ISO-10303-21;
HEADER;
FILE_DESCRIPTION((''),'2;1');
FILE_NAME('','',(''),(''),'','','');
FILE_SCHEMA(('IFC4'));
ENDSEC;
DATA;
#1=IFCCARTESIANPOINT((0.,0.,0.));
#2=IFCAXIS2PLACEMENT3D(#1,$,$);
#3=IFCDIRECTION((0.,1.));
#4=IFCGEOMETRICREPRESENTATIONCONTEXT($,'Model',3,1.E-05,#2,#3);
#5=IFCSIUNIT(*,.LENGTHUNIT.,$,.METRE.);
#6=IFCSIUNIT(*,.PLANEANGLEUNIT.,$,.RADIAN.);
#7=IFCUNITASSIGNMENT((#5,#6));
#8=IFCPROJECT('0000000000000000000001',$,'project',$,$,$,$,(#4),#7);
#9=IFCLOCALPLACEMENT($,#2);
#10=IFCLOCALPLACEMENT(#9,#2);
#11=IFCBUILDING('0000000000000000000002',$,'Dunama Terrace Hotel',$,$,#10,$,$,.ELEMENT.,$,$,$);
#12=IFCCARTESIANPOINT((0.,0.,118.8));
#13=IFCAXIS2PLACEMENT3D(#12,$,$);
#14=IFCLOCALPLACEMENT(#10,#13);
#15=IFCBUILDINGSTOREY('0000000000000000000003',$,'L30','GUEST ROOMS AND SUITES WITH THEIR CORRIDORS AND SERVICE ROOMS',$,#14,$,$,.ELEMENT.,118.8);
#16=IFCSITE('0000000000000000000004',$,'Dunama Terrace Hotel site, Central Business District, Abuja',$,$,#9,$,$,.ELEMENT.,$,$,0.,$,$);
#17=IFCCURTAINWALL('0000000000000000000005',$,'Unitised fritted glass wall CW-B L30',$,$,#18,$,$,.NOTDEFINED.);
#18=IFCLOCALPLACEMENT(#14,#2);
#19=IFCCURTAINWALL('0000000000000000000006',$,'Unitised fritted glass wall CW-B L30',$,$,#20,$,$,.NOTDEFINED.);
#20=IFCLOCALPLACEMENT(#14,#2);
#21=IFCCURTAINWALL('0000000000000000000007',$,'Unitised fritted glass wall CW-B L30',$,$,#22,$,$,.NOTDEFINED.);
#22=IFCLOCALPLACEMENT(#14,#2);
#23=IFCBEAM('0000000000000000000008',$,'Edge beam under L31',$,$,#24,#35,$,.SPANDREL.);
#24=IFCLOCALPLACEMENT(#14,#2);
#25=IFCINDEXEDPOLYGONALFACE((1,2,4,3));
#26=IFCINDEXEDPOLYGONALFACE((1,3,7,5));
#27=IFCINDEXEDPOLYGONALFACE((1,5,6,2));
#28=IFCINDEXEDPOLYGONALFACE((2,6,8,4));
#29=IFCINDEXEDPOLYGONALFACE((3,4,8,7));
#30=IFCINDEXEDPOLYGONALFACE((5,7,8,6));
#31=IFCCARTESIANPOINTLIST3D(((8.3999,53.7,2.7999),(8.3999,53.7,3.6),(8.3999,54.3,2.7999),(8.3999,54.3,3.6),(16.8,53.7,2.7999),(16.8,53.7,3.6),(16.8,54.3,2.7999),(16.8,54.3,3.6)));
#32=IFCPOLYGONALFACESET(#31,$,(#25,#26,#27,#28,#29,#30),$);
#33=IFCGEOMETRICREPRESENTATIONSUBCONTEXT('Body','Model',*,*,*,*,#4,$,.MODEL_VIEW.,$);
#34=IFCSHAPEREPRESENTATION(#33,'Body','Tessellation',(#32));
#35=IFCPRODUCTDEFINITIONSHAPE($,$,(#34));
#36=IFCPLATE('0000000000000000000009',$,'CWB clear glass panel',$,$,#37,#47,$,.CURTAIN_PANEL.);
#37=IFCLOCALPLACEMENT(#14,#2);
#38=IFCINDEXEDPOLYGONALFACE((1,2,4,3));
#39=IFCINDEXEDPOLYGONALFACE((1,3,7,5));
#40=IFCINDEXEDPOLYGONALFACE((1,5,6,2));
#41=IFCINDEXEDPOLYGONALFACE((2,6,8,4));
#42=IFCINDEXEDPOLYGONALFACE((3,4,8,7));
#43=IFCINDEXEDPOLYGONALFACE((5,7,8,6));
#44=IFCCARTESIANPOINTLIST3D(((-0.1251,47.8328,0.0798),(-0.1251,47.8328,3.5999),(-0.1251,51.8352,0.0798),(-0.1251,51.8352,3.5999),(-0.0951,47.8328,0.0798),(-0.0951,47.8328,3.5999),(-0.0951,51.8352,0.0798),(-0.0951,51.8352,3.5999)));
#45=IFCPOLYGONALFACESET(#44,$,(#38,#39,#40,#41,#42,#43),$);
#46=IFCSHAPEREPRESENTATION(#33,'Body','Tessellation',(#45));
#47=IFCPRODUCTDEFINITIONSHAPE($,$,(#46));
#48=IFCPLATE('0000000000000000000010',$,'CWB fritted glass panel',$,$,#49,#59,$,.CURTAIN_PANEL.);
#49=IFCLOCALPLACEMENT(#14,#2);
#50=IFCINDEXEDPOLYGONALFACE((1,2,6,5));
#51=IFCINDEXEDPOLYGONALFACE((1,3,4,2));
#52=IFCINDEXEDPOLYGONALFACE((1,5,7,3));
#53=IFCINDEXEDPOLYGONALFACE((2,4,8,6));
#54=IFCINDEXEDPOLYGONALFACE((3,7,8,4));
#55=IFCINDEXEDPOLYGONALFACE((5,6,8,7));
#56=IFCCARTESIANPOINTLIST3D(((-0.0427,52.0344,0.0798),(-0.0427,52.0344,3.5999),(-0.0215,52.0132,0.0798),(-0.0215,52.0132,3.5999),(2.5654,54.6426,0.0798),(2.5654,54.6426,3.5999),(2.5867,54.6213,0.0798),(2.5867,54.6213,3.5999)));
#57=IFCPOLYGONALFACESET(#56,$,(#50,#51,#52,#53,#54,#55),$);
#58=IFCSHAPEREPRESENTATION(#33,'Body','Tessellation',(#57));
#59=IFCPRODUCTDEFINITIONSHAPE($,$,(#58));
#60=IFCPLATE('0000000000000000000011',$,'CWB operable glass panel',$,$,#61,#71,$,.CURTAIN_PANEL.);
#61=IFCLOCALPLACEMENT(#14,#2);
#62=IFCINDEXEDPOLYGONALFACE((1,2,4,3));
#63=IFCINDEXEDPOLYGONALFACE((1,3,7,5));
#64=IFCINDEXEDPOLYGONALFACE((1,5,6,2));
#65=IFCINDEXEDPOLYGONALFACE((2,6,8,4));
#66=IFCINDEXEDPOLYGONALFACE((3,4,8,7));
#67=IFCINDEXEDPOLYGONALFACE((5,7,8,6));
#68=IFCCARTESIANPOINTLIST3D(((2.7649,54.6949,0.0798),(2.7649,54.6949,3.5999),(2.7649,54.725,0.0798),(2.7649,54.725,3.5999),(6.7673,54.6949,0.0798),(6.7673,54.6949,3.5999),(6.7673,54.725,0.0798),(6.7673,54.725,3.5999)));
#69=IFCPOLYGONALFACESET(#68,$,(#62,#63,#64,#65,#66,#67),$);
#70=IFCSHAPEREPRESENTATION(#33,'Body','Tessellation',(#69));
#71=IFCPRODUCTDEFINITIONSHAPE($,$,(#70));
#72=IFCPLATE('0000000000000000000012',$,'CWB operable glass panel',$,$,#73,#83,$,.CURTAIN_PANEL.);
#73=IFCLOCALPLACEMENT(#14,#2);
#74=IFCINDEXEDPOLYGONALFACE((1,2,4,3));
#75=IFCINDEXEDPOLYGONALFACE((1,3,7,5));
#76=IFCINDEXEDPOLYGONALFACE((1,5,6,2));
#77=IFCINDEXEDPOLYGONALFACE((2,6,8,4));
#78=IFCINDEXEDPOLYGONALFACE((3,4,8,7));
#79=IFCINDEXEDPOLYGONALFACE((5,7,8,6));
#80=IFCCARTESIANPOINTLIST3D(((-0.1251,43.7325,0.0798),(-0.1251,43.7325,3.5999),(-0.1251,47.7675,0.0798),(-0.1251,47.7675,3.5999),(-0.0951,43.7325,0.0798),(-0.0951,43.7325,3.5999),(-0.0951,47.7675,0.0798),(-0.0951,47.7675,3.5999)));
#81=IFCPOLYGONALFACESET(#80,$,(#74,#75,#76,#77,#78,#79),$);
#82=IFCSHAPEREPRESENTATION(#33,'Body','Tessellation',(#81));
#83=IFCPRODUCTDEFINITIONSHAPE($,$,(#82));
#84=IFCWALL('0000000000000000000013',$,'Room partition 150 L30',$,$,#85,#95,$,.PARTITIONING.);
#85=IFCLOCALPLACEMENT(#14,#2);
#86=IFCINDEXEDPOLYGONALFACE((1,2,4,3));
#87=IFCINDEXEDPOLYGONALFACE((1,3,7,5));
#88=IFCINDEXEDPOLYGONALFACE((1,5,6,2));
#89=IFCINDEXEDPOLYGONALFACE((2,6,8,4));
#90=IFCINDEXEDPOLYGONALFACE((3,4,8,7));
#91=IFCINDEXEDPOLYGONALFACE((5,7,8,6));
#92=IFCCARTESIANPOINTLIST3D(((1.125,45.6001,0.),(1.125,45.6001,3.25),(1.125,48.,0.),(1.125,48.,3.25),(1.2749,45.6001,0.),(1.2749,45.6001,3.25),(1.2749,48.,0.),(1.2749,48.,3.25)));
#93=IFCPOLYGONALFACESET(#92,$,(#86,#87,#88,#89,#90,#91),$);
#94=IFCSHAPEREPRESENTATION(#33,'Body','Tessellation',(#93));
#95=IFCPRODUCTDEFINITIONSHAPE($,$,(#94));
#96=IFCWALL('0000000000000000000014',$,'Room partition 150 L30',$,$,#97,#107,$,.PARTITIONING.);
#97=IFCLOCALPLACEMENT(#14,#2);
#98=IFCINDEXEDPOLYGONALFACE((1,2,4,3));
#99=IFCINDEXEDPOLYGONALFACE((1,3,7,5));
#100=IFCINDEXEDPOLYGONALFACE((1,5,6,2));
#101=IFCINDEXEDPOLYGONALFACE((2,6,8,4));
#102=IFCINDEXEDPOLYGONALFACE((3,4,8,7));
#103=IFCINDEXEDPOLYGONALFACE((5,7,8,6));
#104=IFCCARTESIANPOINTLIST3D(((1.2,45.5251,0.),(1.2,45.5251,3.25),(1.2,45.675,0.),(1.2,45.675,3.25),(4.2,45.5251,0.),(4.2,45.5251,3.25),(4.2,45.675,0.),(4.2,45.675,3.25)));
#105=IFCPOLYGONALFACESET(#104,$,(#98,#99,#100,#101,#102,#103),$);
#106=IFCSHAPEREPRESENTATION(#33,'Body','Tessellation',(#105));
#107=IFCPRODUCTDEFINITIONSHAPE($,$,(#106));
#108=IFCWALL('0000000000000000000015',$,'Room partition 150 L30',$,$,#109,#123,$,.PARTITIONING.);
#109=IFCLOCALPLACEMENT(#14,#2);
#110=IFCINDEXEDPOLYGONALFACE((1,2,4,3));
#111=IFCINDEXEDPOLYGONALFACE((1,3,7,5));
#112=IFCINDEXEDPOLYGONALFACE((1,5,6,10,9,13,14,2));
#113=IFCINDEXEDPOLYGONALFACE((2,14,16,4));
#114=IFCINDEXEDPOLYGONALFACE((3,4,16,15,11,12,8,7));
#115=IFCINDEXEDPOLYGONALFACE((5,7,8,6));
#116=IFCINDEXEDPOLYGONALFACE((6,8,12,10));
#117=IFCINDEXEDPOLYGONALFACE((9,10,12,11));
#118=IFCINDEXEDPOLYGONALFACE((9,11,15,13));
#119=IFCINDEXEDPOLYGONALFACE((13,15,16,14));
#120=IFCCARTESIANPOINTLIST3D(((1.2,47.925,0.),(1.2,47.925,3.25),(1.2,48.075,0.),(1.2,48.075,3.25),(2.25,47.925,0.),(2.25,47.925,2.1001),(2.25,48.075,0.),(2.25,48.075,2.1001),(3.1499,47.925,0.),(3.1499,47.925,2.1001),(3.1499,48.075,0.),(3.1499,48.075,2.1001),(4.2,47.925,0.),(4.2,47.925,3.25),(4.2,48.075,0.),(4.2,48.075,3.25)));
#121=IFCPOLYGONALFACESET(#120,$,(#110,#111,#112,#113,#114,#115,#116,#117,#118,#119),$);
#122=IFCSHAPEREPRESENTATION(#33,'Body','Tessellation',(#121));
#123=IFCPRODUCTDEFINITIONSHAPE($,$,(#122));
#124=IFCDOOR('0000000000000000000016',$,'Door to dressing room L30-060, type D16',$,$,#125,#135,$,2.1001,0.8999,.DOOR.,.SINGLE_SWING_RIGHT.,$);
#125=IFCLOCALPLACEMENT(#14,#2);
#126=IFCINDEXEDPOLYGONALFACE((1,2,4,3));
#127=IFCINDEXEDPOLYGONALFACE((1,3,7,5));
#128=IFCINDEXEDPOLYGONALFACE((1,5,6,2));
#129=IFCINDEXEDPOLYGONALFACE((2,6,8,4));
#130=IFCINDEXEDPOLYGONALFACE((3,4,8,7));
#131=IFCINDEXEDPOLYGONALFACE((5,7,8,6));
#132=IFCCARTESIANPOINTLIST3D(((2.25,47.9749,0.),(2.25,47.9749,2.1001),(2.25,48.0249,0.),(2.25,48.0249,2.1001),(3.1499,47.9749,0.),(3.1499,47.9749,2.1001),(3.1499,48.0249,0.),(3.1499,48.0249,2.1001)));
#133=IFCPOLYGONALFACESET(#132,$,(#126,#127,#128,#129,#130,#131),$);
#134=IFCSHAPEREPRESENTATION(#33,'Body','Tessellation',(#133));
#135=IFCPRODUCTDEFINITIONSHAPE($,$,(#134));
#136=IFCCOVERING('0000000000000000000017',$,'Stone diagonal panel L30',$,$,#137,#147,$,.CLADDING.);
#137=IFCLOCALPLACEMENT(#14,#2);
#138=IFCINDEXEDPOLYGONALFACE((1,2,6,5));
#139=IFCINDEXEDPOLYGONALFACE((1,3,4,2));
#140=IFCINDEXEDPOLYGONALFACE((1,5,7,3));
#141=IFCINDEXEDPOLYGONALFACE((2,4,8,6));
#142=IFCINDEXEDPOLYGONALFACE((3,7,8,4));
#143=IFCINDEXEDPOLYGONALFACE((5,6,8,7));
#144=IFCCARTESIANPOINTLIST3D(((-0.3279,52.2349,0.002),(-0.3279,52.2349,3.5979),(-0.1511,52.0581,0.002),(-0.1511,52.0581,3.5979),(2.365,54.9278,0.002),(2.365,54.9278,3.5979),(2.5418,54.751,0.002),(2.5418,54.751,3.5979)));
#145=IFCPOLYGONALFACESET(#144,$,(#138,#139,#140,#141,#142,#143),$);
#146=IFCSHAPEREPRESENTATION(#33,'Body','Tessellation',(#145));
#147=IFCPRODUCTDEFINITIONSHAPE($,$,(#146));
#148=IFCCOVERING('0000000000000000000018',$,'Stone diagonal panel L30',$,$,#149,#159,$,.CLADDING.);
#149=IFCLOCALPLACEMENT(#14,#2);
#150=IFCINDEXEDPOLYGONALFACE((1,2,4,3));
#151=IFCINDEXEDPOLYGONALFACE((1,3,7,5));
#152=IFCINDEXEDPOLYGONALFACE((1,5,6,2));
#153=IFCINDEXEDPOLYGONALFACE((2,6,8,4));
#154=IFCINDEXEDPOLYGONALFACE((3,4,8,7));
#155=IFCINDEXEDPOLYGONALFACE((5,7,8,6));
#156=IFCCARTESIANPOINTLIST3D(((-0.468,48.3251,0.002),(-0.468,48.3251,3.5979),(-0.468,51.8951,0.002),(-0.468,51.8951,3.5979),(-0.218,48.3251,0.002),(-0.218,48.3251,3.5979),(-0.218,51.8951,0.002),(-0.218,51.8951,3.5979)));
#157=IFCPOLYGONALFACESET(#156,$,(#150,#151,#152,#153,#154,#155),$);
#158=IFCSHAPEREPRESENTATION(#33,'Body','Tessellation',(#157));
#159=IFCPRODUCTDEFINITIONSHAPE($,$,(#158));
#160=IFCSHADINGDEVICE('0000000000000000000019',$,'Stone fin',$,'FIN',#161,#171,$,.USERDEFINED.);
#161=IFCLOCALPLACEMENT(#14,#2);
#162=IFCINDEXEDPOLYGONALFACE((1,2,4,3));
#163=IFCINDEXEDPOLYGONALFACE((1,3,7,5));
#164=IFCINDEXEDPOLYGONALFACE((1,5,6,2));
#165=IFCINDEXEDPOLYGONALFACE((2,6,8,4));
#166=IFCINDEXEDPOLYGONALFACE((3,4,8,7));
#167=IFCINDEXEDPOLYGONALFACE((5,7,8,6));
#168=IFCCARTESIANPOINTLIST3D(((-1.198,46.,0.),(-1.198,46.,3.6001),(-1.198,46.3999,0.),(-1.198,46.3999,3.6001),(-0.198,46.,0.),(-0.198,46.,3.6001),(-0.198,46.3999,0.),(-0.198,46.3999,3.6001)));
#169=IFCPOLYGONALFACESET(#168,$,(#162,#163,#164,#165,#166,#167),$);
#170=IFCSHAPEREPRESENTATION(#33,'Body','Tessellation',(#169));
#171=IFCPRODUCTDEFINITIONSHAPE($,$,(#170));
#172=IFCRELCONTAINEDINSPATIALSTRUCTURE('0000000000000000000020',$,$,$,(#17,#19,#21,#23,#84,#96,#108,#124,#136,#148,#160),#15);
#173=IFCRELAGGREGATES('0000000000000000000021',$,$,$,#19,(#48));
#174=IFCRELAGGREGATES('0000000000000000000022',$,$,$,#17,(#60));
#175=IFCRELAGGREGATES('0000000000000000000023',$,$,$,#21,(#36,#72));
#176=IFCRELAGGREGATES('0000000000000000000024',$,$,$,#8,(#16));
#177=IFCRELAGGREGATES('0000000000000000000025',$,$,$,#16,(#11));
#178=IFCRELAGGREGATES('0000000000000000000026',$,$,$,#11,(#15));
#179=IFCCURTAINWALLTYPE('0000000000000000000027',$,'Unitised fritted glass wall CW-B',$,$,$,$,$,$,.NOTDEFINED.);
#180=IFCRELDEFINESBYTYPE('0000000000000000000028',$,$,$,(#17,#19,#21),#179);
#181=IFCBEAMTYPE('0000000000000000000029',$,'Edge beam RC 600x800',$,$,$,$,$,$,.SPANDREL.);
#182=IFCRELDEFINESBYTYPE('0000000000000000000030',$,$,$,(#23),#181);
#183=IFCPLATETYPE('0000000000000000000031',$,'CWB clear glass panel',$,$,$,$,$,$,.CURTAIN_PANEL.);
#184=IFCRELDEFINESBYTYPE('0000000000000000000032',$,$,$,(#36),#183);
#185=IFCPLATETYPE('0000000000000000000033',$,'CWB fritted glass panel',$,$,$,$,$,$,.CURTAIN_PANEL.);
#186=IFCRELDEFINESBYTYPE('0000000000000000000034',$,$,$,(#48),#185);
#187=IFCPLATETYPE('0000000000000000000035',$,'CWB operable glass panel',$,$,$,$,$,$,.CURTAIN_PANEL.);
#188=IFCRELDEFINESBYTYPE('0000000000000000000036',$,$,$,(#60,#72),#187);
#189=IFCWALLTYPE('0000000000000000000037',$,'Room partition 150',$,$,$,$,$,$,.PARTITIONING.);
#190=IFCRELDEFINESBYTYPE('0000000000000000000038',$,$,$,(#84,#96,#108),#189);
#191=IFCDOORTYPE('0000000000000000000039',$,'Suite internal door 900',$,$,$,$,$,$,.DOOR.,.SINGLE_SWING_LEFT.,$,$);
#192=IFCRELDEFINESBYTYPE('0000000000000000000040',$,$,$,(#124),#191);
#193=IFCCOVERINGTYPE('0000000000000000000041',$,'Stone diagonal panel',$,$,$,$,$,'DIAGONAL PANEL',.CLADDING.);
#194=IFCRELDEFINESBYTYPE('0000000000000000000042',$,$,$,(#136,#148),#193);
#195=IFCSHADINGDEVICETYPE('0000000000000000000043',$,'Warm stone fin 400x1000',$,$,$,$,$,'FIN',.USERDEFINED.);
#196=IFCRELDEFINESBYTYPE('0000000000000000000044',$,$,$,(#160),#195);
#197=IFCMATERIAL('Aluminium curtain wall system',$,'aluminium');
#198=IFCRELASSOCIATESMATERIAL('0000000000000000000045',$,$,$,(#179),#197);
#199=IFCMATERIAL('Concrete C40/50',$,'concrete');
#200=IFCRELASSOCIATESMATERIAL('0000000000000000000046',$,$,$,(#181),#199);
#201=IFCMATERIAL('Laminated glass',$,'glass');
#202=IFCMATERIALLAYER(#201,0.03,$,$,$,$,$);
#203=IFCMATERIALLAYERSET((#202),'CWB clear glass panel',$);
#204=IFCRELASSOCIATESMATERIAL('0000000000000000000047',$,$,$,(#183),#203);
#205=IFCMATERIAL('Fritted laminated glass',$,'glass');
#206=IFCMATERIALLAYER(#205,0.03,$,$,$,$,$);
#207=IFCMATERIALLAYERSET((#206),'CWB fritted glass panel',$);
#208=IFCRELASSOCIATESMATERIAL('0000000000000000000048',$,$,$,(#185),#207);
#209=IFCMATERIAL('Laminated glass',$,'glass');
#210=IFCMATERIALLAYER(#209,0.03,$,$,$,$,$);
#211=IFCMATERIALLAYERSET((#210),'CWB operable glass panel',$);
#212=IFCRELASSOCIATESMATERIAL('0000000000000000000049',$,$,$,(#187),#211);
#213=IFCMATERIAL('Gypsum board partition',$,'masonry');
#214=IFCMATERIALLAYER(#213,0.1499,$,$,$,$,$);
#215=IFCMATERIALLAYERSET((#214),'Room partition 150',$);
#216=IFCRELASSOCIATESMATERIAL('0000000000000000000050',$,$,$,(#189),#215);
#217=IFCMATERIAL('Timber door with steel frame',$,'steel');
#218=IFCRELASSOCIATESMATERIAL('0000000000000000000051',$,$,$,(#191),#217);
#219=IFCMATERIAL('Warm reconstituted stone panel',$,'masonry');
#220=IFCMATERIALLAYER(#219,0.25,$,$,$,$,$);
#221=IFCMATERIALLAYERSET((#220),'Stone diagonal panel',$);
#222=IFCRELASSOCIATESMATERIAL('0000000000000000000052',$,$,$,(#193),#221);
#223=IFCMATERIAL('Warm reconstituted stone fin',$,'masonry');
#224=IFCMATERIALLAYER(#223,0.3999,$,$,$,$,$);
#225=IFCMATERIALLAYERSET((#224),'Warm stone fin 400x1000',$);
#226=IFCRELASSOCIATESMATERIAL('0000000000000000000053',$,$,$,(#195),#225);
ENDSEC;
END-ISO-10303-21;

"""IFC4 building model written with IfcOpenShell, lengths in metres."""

from ifc_helpers import new_model, si_unit, direction, frame, frame_2d, origin, origin_2d, place, context, subcontext, project, spatial, rectangle, extrude, material, layer, layer_set, material_profile, profile_set, type_object, element, fill, aggregate, save


model = new_model("IFC4")

# Units and contexts
model_context = context("Model", 3, precision=1e-05, world=origin(), true_north=direction((0.0, 1.0)))
body_context = subcontext(model_context, "Body", "Model", "MODEL_VIEW")
ifc_project = project(units=[si_unit("LENGTHUNIT", "METRE"), si_unit("PLANEANGLEUNIT", "RADIAN")], contexts=[model_context])

# Site, building, storey
site_placement = place(None, origin())
site = spatial("IfcSite", under=ifc_project, at=site_placement, Name="Dunama Terrace Hotel site, Central Business District, Abuja", CompositionType="ELEMENT", RefElevation=0.0)
building_placement = place(site_placement, origin())
building = spatial("IfcBuilding", under=site, at=building_placement, Name="Dunama Terrace Hotel", CompositionType="ELEMENT")
storey_placement = place(building_placement, frame((0.0, 0.0, 118.8)))
storey = spatial("IfcBuildingStorey", under=building, at=storey_placement, Name="L30", Description="GUEST ROOMS AND SUITES WITH THEIR CORRIDORS AND SERVICE ROOMS", CompositionType="ELEMENT", Elevation=118.8)

# Curtain walls
ifc_material_1 = material(Name="Aluminium curtain wall system", Category="aluminium")
curtain_wall_type = type_object("IfcCurtainWallType", Name="Unitised fritted glass wall CW-B", PredefinedType="NOTDEFINED", material=ifc_material_1)
curtain_wall_1_placement = place(storey_placement, origin())
curtain_wall_1 = element("IfcCurtainWall", 1, at=curtain_wall_1_placement, inside=storey, type_object=curtain_wall_type, Name="Unitised fritted glass wall CW-B L30", PredefinedType="NOTDEFINED")
curtain_wall_2_placement = place(storey_placement, origin())
curtain_wall_2 = element("IfcCurtainWall", 2, at=curtain_wall_2_placement, inside=storey, type_object=curtain_wall_type, Name="Unitised fritted glass wall CW-B L30", PredefinedType="NOTDEFINED")
curtain_wall_3_placement = place(storey_placement, origin())
curtain_wall_3 = element("IfcCurtainWall", 3, at=curtain_wall_3_placement, inside=storey, type_object=curtain_wall_type, Name="Unitised fritted glass wall CW-B L30", PredefinedType="NOTDEFINED")

# Beam
ifc_material_2 = material(Name="Concrete C40/50", Category="concrete")
ifc_material_profile_1 = material_profile(ifc_material_2, rectangle(XDim=0.6001, YDim=0.8, at=origin_2d()), Name="RC 600x800")
ifc_profile_set_1 = profile_set([ifc_material_profile_1], Name="Concrete C40/50")
beam_type = type_object("IfcBeamType", Name="Edge beam RC 600x800", PredefinedType="SPANDREL", material=ifc_profile_set_1)
beam_placement = place(storey_placement, frame((8.3999, 54.0, 3.2), z_axis=(1.0, 0.0, 0.0), x_axis=(0.0, 1.0, 0.0)))
element("IfcBeam", 4, at=beam_placement, inside=storey, type_object=beam_type, Name="Edge beam under L31", PredefinedType="SPANDREL", context=body_context, shape_type="SweptSolid", body=[
    extrude(rectangle(XDim=0.6001, YDim=0.8, at=origin_2d()), origin(), (0.0, 0.0, 1.0), 8.4001),
])

# Plates
ifc_material_3 = material(Name="Laminated glass", Category="glass")
ifc_layer_1 = layer(ifc_material_3, 0.03)
ifc_layer_set_1 = layer_set([ifc_layer_1], Name="CWB clear glass panel")
plate_type_1 = type_object("IfcPlateType", Name="CWB clear glass panel", PredefinedType="CURTAIN_PANEL", material=ifc_layer_set_1)
plate_1_placement = place(storey_placement, frame((-0.1101, 49.834, 0.0798), z_axis=(0.0, 0.0, 1.0), x_axis=(0.0, -1.0, 0.0)))
plate_1 = element("IfcPlate", 5, at=plate_1_placement, type_object=plate_type_1, Name="CWB clear glass panel", PredefinedType="CURTAIN_PANEL", context=body_context, shape_type="SweptSolid", body=[
    extrude(rectangle(XDim=4.0024, YDim=0.03, at=origin_2d()), origin(), (0.0, 0.0, 1.0), 3.52),
])
ifc_material_4 = material(Name="Fritted laminated glass", Category="glass")
ifc_layer_2 = layer(ifc_material_4, 0.03)
ifc_layer_set_2 = layer_set([ifc_layer_2], Name="CWB fritted glass panel")
plate_type_2 = type_object("IfcPlateType", Name="CWB fritted glass panel", PredefinedType="CURTAIN_PANEL", material=ifc_layer_set_2)
plate_2_placement = place(storey_placement, frame((1.272, 53.3279, 0.0798), z_axis=(0.0, 0.0, 1.0), x_axis=(-0.707107, -0.707107, 0.0)))
plate_2 = element("IfcPlate", 6, at=plate_2_placement, type_object=plate_type_2, Name="CWB fritted glass panel", PredefinedType="CURTAIN_PANEL", context=body_context, shape_type="SweptSolid", body=[
    extrude(rectangle(XDim=3.6885, YDim=0.03, at=origin_2d()), origin(), (0.0, 0.0, 1.0), 3.52),
])
aggregate(curtain_wall_2, [plate_2])
ifc_material_5 = material(Name="Laminated glass", Category="glass")
ifc_layer_3 = layer(ifc_material_5, 0.03)
ifc_layer_set_3 = layer_set([ifc_layer_3], Name="CWB operable glass panel")
plate_type_3 = type_object("IfcPlateType", Name="CWB operable glass panel", PredefinedType="CURTAIN_PANEL", material=ifc_layer_set_3)
plate_3_placement = place(storey_placement, frame((4.7661, 54.71, 0.0798), z_axis=(0.0, 0.0, 1.0), x_axis=(-1.0, 0.0, 0.0)))
plate_3 = element("IfcPlate", 7, at=plate_3_placement, type_object=plate_type_3, Name="CWB operable glass panel", PredefinedType="CURTAIN_PANEL", context=body_context, shape_type="SweptSolid", body=[
    extrude(rectangle(XDim=4.0024, YDim=0.03, at=origin_2d()), origin(), (0.0, 0.0, 1.0), 3.52),
])
aggregate(curtain_wall_1, [plate_3])
plate_4_placement = place(storey_placement, frame((-0.1101, 45.75, 0.0798), z_axis=(0.0, 0.0, 1.0), x_axis=(0.0, -1.0, 0.0)))
plate_4 = element("IfcPlate", 8, at=plate_4_placement, type_object=plate_type_3, Name="CWB operable glass panel", PredefinedType="CURTAIN_PANEL", context=body_context, shape_type="SweptSolid", body=[
    extrude(rectangle(XDim=4.0349, YDim=0.03, at=origin_2d()), origin(), (0.0, 0.0, 1.0), 3.52),
])
aggregate(curtain_wall_3, [plate_1, plate_4])

# Walls
ifc_material_6 = material(Name="Gypsum board partition", Category="masonry")
ifc_layer_4 = layer(ifc_material_6, 0.1499)
ifc_layer_set_4 = layer_set([ifc_layer_4], Name="Room partition 150")
wall_type = type_object("IfcWallType", Name="Room partition 150", PredefinedType="PARTITIONING", material=ifc_layer_set_4)
wall_1_placement = place(storey_placement, frame((1.2, 45.6001, 0.0), z_axis=(0.0, 0.0, 1.0), x_axis=(0.0, 1.0, 0.0)))
element("IfcWall", 9, at=wall_1_placement, inside=storey, type_object=wall_type, Name="Room partition 150 L30", PredefinedType="PARTITIONING", context=body_context, shape_type="SweptSolid", body=[
    extrude(rectangle(XDim=2.3999, YDim=0.1499, at=frame_2d((1.2, 0.0))), origin(), (0.0, 0.0, 1.0), 3.25),
])
wall_2_placement = place(storey_placement, frame((1.2, 45.6001, 0.0), z_axis=(0.0, 0.0, 1.0), x_axis=(1.0, 0.0, 0.0)))
element("IfcWall", 10, at=wall_2_placement, inside=storey, type_object=wall_type, Name="Room partition 150 L30", PredefinedType="PARTITIONING", context=body_context, shape_type="SweptSolid", body=[
    extrude(rectangle(XDim=3.0, YDim=0.1499, at=frame_2d((1.5, 0.0))), origin(), (0.0, 0.0, 1.0), 3.25),
])

# Wall, opening, door
wall_3_placement = place(storey_placement, frame((1.2, 48.0, 0.0), z_axis=(0.0, 0.0, 1.0), x_axis=(1.0, 0.0, 0.0)))
wall_3 = element("IfcWall", 11, at=wall_3_placement, inside=storey, type_object=wall_type, Name="Room partition 150 L30", PredefinedType="PARTITIONING", context=body_context, shape_type="SweptSolid", body=[
    extrude(rectangle(XDim=3.0, YDim=0.1499, at=frame_2d((1.5, 0.0))), origin(), (0.0, 0.0, 1.0), 3.25),
])
opening_placement = place(wall_3_placement, frame((1.05, 0.0, 0.0)))
opening = element("IfcOpeningElement", 12, at=opening_placement, cuts=wall_3, PredefinedType="OPENING", context=body_context, shape_type="SweptSolid", body=[
    extrude(rectangle(XDim=0.8999, YDim=2.1001, at=frame_2d((0.45, 1.05))), frame((0.0, 0.085, 0.0), z_axis=(0.0, -1.0, 0.0), x_axis=(1.0, 0.0, 0.0)), (0.0, 0.0, 1.0), 0.1699),
])
ifc_material_7 = material(Name="Timber door with steel frame", Category="steel")
door_type = type_object("IfcDoorType", Name="Suite internal door 900", OperationType="SINGLE_SWING_LEFT", PredefinedType="DOOR", material=ifc_material_7)
door_placement = place(opening_placement, frame((0.8999, 0.0, 0.0), z_axis=(0.0, 0.0, 1.0), x_axis=(-1.0, 0.0, 0.0)))
door = element("IfcDoor", 13, at=door_placement, inside=storey, type_object=door_type, Name="Door to dressing room L30-060, type D16", OperationType="SINGLE_SWING_RIGHT", OverallHeight=2.1001, OverallWidth=0.8999, PredefinedType="DOOR", context=body_context, shape_type="SweptSolid", body=[
    extrude(rectangle(XDim=0.8999, YDim=2.1001, at=frame_2d((0.45, 1.05))), frame((0.0, 0.0251, 0.0), z_axis=(0.0, -1.0, 0.0), x_axis=(1.0, 0.0, 0.0)), (0.0, 0.0, 1.0), 0.05),
])
fill(opening, door)

# Coverings
ifc_material_8 = material(Name="Warm reconstituted stone panel", Category="masonry")
ifc_layer_5 = layer(ifc_material_8, 0.25)
ifc_layer_set_5 = layer_set([ifc_layer_5], Name="Stone diagonal panel")
covering_type = type_object("IfcCoveringType", Name="Stone diagonal panel", ElementType="DIAGONAL PANEL", PredefinedType="CLADDING", material=ifc_layer_set_5)
covering_1_placement = place(storey_placement, frame((1.1069, 53.4929, 0.002), z_axis=(0.0, 0.0, 1.0), x_axis=(-0.707107, -0.707107, 0.0)))
element("IfcCovering", 14, at=covering_1_placement, inside=storey, type_object=covering_type, Name="Stone diagonal panel L30", PredefinedType="CLADDING", context=body_context, shape_type="SweptSolid", body=[
    extrude(rectangle(XDim=3.8083, YDim=0.25, at=origin_2d()), origin(), (0.0, 0.0, 1.0), 3.5959),
])
covering_2_placement = place(storey_placement, frame((-0.343, 50.1101, 0.002), z_axis=(0.0, 0.0, 1.0), x_axis=(0.0, -1.0, 0.0)))
element("IfcCovering", 15, at=covering_2_placement, inside=storey, type_object=covering_type, Name="Stone diagonal panel L30", PredefinedType="CLADDING", context=body_context, shape_type="SweptSolid", body=[
    extrude(rectangle(XDim=3.5701, YDim=0.25, at=origin_2d()), origin(), (0.0, 0.0, 1.0), 3.5959),
])

# Shading device
ifc_material_9 = material(Name="Warm reconstituted stone fin", Category="masonry")
ifc_layer_6 = layer(ifc_material_9, 0.3999)
ifc_layer_set_6 = layer_set([ifc_layer_6], Name="Warm stone fin 400x1000")
shading_device_type = type_object("IfcShadingDeviceType", Name="Warm stone fin 400x1000", ElementType="FIN", PredefinedType="USERDEFINED", material=ifc_layer_set_6)
shading_device_placement = place(storey_placement, frame((-0.698, 46.2, 0.0), z_axis=(0.0, 0.0, 1.0), x_axis=(0.0, -1.0, 0.0)))
element("IfcShadingDevice", 16, at=shading_device_placement, inside=storey, type_object=shading_device_type, Name="Stone fin", ObjectType="FIN", PredefinedType="USERDEFINED", context=body_context, shape_type="SweptSolid", body=[
    extrude(rectangle(XDim=0.3999, YDim=1.0, at=origin_2d()), origin(), (0.0, 0.0, 1.0), 3.6001),
])

save(model, "model.ifc")
